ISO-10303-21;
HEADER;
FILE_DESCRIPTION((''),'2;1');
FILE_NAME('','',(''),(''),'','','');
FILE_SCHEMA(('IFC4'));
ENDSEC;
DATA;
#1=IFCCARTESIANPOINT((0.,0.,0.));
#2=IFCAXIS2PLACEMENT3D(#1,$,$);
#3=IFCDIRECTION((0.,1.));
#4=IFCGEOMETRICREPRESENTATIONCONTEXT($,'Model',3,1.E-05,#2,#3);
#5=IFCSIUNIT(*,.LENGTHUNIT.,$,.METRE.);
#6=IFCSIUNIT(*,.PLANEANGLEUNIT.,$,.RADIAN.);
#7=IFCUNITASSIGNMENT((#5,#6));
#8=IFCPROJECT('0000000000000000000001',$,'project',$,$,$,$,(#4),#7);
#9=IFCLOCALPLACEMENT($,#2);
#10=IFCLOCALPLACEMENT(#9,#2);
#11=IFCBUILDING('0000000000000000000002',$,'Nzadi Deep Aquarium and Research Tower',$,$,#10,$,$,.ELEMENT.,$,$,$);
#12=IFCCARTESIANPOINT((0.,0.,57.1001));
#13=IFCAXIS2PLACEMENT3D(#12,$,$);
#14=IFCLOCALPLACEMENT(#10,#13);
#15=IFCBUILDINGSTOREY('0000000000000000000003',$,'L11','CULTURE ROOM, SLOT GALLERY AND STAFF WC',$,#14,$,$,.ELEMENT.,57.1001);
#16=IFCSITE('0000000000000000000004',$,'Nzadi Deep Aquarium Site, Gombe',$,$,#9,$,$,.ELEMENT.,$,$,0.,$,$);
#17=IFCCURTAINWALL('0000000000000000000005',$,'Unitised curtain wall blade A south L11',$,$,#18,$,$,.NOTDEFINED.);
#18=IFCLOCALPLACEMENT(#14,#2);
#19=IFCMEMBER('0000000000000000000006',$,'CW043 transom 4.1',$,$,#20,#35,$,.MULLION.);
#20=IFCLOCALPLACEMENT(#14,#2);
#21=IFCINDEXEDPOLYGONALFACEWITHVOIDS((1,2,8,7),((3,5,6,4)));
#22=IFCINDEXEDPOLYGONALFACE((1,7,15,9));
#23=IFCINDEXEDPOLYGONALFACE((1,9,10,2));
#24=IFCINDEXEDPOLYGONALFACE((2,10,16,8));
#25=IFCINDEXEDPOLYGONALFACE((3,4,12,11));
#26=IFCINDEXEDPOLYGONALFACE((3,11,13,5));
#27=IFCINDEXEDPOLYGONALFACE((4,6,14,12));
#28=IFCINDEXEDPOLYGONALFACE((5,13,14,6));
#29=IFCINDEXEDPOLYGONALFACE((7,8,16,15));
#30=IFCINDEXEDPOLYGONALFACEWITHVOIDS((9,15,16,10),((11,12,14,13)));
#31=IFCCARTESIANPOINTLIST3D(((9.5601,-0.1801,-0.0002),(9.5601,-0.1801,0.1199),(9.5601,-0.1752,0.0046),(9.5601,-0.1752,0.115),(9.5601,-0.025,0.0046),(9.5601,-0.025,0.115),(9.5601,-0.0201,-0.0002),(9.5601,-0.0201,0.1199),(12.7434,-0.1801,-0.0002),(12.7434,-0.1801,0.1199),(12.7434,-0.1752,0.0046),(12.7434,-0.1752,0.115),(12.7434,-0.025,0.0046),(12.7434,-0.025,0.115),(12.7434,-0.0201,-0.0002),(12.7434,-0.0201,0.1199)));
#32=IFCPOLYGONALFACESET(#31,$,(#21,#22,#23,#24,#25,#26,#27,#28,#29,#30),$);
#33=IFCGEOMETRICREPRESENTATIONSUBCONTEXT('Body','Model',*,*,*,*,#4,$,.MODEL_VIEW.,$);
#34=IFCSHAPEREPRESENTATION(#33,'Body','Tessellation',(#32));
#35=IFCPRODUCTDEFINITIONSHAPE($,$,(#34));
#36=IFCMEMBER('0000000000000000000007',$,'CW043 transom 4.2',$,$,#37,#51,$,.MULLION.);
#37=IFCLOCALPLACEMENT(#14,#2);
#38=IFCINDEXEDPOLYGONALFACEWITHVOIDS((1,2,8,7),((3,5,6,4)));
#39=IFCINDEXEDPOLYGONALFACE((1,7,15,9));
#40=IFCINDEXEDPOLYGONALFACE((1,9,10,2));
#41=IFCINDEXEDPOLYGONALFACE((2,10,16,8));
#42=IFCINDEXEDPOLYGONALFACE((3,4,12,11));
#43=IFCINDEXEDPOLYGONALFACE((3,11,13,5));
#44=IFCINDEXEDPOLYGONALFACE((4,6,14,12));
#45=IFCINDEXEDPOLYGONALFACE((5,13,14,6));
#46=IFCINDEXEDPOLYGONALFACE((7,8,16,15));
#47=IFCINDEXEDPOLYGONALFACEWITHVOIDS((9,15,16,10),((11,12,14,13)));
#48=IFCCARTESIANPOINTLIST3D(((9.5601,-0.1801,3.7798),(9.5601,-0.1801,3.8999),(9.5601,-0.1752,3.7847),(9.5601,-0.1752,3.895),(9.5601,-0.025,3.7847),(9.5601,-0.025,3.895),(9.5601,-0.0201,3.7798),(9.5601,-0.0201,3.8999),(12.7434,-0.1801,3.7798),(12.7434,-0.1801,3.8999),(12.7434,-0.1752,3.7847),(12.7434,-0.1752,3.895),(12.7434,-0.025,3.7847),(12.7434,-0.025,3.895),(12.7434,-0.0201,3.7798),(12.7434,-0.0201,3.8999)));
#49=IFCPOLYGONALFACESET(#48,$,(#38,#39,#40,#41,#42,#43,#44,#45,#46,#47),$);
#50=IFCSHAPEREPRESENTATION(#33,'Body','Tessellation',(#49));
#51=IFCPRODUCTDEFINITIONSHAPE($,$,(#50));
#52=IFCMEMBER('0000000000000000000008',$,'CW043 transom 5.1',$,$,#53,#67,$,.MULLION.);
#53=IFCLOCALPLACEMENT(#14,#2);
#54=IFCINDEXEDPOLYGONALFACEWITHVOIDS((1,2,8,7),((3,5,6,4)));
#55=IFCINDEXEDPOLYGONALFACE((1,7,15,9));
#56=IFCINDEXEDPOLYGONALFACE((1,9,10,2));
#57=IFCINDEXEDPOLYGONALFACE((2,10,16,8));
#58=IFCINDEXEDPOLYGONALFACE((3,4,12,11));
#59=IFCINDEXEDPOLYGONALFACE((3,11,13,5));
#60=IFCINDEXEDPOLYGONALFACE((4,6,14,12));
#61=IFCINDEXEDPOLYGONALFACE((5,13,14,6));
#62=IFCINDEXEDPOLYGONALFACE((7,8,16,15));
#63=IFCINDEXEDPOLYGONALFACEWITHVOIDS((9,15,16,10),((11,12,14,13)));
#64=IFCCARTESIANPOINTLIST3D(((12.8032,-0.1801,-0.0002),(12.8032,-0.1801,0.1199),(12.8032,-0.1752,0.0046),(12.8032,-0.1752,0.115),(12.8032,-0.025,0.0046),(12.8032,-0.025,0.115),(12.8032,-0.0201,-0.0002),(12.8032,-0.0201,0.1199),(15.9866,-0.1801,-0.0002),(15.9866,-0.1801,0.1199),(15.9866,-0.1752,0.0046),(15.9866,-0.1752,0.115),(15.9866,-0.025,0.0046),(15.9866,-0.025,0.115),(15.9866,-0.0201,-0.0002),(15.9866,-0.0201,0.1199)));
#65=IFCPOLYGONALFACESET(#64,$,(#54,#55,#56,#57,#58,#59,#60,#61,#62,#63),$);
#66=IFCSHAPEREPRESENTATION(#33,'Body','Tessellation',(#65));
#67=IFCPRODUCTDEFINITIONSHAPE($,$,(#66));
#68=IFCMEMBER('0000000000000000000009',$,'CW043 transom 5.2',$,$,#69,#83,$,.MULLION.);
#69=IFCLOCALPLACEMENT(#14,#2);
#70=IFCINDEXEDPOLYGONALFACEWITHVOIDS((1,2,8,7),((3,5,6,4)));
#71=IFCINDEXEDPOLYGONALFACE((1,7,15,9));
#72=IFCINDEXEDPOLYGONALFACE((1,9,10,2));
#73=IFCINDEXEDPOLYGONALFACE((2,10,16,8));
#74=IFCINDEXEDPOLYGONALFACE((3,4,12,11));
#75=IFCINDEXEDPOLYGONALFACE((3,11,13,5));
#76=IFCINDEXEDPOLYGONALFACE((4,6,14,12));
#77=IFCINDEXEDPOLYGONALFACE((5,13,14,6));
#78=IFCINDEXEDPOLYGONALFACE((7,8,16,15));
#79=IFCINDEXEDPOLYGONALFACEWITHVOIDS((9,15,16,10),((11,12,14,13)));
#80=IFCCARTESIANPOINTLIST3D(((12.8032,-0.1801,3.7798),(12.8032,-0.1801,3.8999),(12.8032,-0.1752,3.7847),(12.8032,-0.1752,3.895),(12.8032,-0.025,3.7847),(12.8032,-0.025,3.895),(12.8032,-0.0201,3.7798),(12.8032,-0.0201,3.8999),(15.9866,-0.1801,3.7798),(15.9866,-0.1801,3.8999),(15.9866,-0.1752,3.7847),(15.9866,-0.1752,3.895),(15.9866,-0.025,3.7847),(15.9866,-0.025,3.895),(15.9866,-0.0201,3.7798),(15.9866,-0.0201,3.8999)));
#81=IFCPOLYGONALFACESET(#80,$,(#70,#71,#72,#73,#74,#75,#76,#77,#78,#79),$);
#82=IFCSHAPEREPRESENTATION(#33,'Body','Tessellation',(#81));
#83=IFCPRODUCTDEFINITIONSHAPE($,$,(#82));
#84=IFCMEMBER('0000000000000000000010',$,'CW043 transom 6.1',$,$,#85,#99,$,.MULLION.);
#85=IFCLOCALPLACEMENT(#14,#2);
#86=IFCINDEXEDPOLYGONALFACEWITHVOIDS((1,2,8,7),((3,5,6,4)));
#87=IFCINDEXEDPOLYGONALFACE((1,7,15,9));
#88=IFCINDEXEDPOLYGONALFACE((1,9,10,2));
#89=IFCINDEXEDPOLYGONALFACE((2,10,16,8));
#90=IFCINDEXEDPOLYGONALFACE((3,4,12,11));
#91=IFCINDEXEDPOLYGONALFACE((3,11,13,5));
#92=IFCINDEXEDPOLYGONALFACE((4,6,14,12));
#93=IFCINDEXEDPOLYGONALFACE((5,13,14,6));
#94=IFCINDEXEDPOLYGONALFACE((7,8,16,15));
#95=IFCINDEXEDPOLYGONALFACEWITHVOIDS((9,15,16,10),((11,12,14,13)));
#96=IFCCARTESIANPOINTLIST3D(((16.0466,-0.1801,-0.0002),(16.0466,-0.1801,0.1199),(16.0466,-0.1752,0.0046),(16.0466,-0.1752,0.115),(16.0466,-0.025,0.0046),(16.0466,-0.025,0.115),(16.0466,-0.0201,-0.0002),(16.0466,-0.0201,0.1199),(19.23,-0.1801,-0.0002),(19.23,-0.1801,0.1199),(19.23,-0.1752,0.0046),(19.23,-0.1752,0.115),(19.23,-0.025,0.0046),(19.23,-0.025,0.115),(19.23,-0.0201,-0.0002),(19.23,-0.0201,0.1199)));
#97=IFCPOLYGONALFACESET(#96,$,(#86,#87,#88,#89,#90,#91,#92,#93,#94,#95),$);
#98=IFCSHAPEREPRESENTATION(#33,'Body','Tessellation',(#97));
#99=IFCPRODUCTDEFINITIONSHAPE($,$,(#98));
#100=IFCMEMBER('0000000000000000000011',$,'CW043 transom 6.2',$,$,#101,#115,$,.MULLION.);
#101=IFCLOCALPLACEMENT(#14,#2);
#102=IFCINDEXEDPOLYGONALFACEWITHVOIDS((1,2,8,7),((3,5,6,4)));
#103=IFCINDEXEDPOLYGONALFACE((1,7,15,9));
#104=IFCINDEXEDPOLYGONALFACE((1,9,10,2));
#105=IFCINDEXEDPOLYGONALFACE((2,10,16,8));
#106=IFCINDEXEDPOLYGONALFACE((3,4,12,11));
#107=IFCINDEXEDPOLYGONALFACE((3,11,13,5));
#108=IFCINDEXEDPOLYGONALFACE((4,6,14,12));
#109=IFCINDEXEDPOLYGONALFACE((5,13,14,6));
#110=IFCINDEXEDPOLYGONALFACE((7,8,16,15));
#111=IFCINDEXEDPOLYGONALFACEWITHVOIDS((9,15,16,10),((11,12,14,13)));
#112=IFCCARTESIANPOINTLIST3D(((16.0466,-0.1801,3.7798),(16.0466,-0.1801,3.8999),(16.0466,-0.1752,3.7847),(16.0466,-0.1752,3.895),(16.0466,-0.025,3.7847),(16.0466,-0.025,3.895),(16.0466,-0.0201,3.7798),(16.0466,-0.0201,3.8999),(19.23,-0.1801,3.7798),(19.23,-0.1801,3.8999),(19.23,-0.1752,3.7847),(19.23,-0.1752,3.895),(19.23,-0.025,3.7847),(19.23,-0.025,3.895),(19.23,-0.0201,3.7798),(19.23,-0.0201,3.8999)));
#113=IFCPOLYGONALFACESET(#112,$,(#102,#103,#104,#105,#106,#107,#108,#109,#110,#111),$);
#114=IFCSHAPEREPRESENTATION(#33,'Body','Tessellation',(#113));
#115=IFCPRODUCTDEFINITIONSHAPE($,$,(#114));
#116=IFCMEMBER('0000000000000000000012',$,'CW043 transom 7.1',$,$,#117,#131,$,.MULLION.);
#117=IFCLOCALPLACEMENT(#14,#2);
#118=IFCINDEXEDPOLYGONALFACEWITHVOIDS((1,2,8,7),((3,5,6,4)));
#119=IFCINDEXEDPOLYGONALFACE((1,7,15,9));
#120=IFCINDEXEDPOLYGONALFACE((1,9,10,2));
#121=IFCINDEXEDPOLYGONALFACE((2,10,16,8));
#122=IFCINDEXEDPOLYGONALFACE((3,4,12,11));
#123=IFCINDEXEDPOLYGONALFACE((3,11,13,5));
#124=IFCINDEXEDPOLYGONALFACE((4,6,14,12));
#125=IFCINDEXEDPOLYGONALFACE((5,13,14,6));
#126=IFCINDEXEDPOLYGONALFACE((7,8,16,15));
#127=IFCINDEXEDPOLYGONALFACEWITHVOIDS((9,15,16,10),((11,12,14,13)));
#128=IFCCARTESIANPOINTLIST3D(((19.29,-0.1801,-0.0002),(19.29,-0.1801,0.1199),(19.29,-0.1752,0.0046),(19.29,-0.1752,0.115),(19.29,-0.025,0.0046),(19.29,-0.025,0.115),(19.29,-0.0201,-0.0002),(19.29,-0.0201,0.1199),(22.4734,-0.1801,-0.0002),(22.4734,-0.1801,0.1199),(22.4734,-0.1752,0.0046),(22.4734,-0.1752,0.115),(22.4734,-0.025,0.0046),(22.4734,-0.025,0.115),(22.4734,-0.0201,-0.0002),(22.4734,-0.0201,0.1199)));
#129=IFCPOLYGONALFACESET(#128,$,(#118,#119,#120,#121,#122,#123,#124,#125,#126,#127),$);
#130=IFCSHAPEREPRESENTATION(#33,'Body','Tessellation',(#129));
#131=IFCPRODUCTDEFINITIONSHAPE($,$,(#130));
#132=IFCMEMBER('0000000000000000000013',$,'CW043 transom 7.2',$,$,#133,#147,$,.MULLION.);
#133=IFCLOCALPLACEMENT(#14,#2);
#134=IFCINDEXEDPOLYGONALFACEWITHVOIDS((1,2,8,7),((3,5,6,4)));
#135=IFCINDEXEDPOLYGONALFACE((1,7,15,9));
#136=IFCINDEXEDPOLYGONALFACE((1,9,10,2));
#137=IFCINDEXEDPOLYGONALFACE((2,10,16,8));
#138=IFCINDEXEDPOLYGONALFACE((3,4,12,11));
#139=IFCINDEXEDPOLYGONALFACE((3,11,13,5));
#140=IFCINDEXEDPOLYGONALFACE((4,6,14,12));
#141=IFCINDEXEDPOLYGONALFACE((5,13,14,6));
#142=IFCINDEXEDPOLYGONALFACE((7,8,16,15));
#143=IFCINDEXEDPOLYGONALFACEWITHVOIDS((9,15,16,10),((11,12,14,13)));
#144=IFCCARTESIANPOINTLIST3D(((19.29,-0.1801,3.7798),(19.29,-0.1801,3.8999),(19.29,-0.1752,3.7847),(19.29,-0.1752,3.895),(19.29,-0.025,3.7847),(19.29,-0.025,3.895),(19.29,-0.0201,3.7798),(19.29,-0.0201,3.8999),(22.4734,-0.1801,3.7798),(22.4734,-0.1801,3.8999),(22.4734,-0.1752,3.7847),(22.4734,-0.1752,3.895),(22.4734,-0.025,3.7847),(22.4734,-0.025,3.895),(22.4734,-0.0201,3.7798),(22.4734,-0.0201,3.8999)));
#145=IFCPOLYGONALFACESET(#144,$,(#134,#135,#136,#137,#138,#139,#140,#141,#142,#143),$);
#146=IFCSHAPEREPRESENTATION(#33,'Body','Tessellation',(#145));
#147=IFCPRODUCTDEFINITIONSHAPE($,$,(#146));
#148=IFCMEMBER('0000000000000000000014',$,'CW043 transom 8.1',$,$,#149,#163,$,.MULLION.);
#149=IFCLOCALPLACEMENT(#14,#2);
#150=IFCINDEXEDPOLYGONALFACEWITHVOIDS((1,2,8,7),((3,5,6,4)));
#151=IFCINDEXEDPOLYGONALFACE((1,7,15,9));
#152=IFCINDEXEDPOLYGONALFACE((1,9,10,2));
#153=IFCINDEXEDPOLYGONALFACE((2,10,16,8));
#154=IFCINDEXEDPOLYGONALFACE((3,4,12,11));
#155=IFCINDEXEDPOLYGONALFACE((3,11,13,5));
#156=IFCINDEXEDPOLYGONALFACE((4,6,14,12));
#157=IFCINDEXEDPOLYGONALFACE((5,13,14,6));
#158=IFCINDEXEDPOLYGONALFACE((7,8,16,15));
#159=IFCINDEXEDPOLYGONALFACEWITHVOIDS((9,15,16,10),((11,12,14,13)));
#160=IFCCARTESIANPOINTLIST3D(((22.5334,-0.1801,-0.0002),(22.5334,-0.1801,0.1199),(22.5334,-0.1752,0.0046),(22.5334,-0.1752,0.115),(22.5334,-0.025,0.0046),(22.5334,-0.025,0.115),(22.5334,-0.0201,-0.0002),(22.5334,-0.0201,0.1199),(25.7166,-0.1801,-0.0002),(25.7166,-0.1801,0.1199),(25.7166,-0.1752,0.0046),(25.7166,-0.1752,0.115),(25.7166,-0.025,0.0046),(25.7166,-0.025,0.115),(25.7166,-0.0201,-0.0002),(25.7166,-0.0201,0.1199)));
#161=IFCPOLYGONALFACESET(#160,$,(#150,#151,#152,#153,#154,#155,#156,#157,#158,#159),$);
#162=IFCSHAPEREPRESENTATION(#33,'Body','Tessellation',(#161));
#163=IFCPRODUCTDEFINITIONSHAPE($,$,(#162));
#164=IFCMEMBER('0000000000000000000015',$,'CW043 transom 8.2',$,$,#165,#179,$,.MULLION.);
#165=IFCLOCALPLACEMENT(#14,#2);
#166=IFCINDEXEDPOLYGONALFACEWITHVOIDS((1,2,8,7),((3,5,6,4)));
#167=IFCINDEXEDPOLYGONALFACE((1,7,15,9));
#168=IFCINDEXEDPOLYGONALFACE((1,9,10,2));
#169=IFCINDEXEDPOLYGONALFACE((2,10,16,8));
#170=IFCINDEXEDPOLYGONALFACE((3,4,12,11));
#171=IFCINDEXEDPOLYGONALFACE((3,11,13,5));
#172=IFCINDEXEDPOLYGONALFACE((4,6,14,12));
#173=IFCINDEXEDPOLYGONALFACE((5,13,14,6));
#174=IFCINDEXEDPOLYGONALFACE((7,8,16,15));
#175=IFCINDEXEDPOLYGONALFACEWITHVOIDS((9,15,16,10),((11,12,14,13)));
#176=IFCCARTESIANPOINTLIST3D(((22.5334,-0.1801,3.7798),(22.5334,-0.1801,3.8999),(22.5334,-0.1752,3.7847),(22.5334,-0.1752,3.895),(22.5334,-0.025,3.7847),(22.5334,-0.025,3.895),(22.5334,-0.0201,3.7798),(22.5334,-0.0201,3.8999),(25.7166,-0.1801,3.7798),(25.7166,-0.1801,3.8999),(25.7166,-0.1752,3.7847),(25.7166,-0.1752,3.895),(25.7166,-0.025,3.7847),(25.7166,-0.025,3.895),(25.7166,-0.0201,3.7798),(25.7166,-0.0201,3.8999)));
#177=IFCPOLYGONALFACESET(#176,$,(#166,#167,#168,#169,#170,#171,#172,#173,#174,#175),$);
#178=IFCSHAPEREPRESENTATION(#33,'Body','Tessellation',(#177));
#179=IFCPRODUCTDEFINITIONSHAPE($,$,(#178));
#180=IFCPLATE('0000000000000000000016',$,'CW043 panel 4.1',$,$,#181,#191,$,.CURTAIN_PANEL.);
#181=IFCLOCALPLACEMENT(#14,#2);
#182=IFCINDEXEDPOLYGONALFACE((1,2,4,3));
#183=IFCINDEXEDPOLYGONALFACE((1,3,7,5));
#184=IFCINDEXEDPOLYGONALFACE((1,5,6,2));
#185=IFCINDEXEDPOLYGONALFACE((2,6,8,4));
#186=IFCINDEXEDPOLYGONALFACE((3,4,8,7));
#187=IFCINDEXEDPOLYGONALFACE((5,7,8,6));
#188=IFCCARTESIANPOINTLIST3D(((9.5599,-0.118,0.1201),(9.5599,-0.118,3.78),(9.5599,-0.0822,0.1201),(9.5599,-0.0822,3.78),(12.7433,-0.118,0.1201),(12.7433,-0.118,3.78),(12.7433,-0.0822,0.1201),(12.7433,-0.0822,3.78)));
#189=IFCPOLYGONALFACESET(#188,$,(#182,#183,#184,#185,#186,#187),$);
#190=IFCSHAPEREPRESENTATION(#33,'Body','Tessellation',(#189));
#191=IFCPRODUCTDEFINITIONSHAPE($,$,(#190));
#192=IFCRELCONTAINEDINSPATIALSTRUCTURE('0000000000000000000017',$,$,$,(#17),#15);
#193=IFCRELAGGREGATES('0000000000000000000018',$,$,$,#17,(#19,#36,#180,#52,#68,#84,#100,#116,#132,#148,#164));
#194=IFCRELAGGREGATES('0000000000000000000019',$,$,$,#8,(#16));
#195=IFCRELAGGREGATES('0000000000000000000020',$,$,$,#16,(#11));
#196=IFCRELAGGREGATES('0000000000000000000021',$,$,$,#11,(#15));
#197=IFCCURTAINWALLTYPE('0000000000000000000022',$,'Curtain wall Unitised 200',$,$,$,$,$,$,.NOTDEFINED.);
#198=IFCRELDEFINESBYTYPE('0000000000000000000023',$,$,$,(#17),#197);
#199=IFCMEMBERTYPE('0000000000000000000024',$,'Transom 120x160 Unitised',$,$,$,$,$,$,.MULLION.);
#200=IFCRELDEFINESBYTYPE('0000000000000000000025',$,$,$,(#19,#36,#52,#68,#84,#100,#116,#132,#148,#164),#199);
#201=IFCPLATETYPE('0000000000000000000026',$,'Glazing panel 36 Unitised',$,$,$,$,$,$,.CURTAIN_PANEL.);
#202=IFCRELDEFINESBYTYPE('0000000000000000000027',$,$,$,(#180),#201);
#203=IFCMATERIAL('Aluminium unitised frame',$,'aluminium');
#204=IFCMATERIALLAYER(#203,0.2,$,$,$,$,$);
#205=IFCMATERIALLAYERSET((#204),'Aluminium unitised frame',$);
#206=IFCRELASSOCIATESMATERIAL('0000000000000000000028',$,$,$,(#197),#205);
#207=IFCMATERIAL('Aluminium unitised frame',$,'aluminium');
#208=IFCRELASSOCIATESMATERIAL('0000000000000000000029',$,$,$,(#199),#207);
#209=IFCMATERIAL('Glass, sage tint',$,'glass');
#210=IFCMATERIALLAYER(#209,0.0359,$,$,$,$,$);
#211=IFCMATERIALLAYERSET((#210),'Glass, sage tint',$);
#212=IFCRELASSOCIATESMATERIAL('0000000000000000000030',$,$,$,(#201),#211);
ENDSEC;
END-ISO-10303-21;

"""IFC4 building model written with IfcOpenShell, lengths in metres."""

from ifc_helpers import new_model, si_unit, direction, frame, origin, origin_2d, place, context, subcontext, project, spatial, rectangle, hollow_rectangle, extrude, material, layer, layer_set, material_profile, profile_set, type_object, element, aggregate, save


model = new_model("IFC4")

# Units and contexts
model_context = context("Model", 3, precision=1e-05, world=origin(), true_north=direction((0.0, 1.0)))
body_context = subcontext(model_context, "Body", "Model", "MODEL_VIEW")
ifc_project = project(units=[si_unit("LENGTHUNIT", "METRE"), si_unit("PLANEANGLEUNIT", "RADIAN")], contexts=[model_context])

# Site, building, storey
site_placement = place(None, origin())
site = spatial("IfcSite", under=ifc_project, at=site_placement, Name="Nzadi Deep Aquarium Site, Gombe", CompositionType="ELEMENT", RefElevation=0.0)
building_placement = place(site_placement, origin())
building = spatial("IfcBuilding", under=site, at=building_placement, Name="Nzadi Deep Aquarium and Research Tower", CompositionType="ELEMENT")
storey_placement = place(building_placement, frame((0.0, 0.0, 57.1001)))
storey = spatial("IfcBuildingStorey", under=building, at=storey_placement, Name="L11", Description="CULTURE ROOM, SLOT GALLERY AND STAFF WC", CompositionType="ELEMENT", Elevation=57.1001)

# Curtain wall
ifc_material_1 = material(Name="Aluminium unitised frame", Category="aluminium")
ifc_layer_1 = layer(ifc_material_1, 0.2)
ifc_layer_set_1 = layer_set([ifc_layer_1], Name="Aluminium unitised frame")
curtain_wall_type = type_object("IfcCurtainWallType", Name="Curtain wall Unitised 200", PredefinedType="NOTDEFINED", material=ifc_layer_set_1)
curtain_wall_placement = place(storey_placement, origin())
curtain_wall = element("IfcCurtainWall", 1, at=curtain_wall_placement, inside=storey, type_object=curtain_wall_type, Name="Unitised curtain wall blade A south L11", PredefinedType="NOTDEFINED")

# Members
ifc_material_2 = material(Name="Aluminium unitised frame", Category="aluminium")
ifc_material_profile_1 = material_profile(ifc_material_2, hollow_rectangle(XDim=0.1599, YDim=0.1201, WallThickness=0.0049, at=origin_2d()))
ifc_profile_set_1 = profile_set([ifc_material_profile_1], Name="Aluminium unitised frame")
member_type_1 = type_object("IfcMemberType", Name="Transom 120x160 Unitised", PredefinedType="MULLION", material=ifc_profile_set_1)
member_1_placement = place(storey_placement, frame((9.5601, -0.1001, 0.0598), z_axis=(1.0, 0.0, 0.0), x_axis=(0.0, 1.0, 0.0)))
member_1 = element("IfcMember", 2, at=member_1_placement, type_object=member_type_1, Name="CW043 transom 4.1", PredefinedType="MULLION", context=body_context, shape_type="SweptSolid", body=[
    extrude(hollow_rectangle(XDim=0.1599, YDim=0.1201, WallThickness=0.0049, at=origin_2d()), origin(), (0.0, 0.0, 1.0), 3.1833),
])
member_2_placement = place(storey_placement, frame((9.5601, -0.1001, 3.8398), z_axis=(1.0, 0.0, 0.0), x_axis=(0.0, 1.0, 0.0)))
member_2 = element("IfcMember", 3, at=member_2_placement, type_object=member_type_1, Name="CW043 transom 4.2", PredefinedType="MULLION", context=body_context, shape_type="SweptSolid", body=[
    extrude(hollow_rectangle(XDim=0.1599, YDim=0.1201, WallThickness=0.0049, at=origin_2d()), origin(), (0.0, 0.0, 1.0), 3.1833),
])
member_3_placement = place(storey_placement, frame((12.8032, -0.1001, 0.0598), z_axis=(1.0, 0.0, 0.0), x_axis=(0.0, 1.0, 0.0)))
member_3 = element("IfcMember", 4, at=member_3_placement, type_object=member_type_1, Name="CW043 transom 5.1", PredefinedType="MULLION", context=body_context, shape_type="SweptSolid", body=[
    extrude(hollow_rectangle(XDim=0.1599, YDim=0.1201, WallThickness=0.0049, at=origin_2d()), origin(), (0.0, 0.0, 1.0), 3.1833),
])
member_4_placement = place(storey_placement, frame((12.8032, -0.1001, 3.8398), z_axis=(1.0, 0.0, 0.0), x_axis=(0.0, 1.0, 0.0)))
member_4 = element("IfcMember", 5, at=member_4_placement, type_object=member_type_1, Name="CW043 transom 5.2", PredefinedType="MULLION", context=body_context, shape_type="SweptSolid", body=[
    extrude(hollow_rectangle(XDim=0.1599, YDim=0.1201, WallThickness=0.0049, at=origin_2d()), origin(), (0.0, 0.0, 1.0), 3.1833),
])
member_5_placement = place(storey_placement, frame((16.0466, -0.1001, 0.0598), z_axis=(1.0, 0.0, 0.0), x_axis=(0.0, 1.0, 0.0)))
member_5 = element("IfcMember", 6, at=member_5_placement, type_object=member_type_1, Name="CW043 transom 6.1", PredefinedType="MULLION", context=body_context, shape_type="SweptSolid", body=[
    extrude(hollow_rectangle(XDim=0.1599, YDim=0.1201, WallThickness=0.0049, at=origin_2d()), origin(), (0.0, 0.0, 1.0), 3.1833),
])
member_6_placement = place(storey_placement, frame((16.0466, -0.1001, 3.8398), z_axis=(1.0, 0.0, 0.0), x_axis=(0.0, 1.0, 0.0)))
member_6 = element("IfcMember", 7, at=member_6_placement, type_object=member_type_1, Name="CW043 transom 6.2", PredefinedType="MULLION", context=body_context, shape_type="SweptSolid", body=[
    extrude(hollow_rectangle(XDim=0.1599, YDim=0.1201, WallThickness=0.0049, at=origin_2d()), origin(), (0.0, 0.0, 1.0), 3.1833),
])
member_7_placement = place(storey_placement, frame((19.29, -0.1001, 0.0598), z_axis=(1.0, 0.0, 0.0), x_axis=(0.0, 1.0, 0.0)))
member_7 = element("IfcMember", 8, at=member_7_placement, type_object=member_type_1, Name="CW043 transom 7.1", PredefinedType="MULLION", context=body_context, shape_type="SweptSolid", body=[
    extrude(hollow_rectangle(XDim=0.1599, YDim=0.1201, WallThickness=0.0049, at=origin_2d()), origin(), (0.0, 0.0, 1.0), 3.1833),
])
member_8_placement = place(storey_placement, frame((19.29, -0.1001, 3.8398), z_axis=(1.0, 0.0, 0.0), x_axis=(0.0, 1.0, 0.0)))
member_8 = element("IfcMember", 9, at=member_8_placement, type_object=member_type_1, Name="CW043 transom 7.2", PredefinedType="MULLION", context=body_context, shape_type="SweptSolid", body=[
    extrude(hollow_rectangle(XDim=0.1599, YDim=0.1201, WallThickness=0.0049, at=origin_2d()), origin(), (0.0, 0.0, 1.0), 3.1833),
])
member_9_placement = place(storey_placement, frame((22.5334, -0.1001, 0.0598), z_axis=(1.0, 0.0, 0.0), x_axis=(0.0, 1.0, 0.0)))
member_9 = element("IfcMember", 10, at=member_9_placement, type_object=member_type_1, Name="CW043 transom 8.1", PredefinedType="MULLION", context=body_context, shape_type="SweptSolid", body=[
    extrude(hollow_rectangle(XDim=0.1599, YDim=0.1201, WallThickness=0.0049, at=origin_2d()), origin(), (0.0, 0.0, 1.0), 3.1831),
])
member_10_placement = place(storey_placement, frame((22.5334, -0.1001, 3.8398), z_axis=(1.0, 0.0, 0.0), x_axis=(0.0, 1.0, 0.0)))
member_10 = element("IfcMember", 11, at=member_10_placement, type_object=member_type_1, Name="CW043 transom 8.2", PredefinedType="MULLION", context=body_context, shape_type="SweptSolid", body=[
    extrude(hollow_rectangle(XDim=0.1599, YDim=0.1201, WallThickness=0.0049, at=origin_2d()), origin(), (0.0, 0.0, 1.0), 3.1831),
])

# Plate
ifc_material_3 = material(Name="Glass, sage tint", Category="glass")
ifc_layer_2 = layer(ifc_material_3, 0.0359)
ifc_layer_set_2 = layer_set([ifc_layer_2], Name="Glass, sage tint")
plate_type = type_object("IfcPlateType", Name="Glazing panel 36 Unitised", PredefinedType="CURTAIN_PANEL", material=ifc_layer_set_2)
plate_1_placement = place(storey_placement, frame((11.1516, -0.1001, 0.1201), z_axis=(0.0, 0.0, 1.0), x_axis=(1.0, 0.0, 0.0)))
plate_1 = element("IfcPlate", 12, at=plate_1_placement, type_object=plate_type, Name="CW043 panel 4.1", PredefinedType="CURTAIN_PANEL", context=body_context, shape_type="SweptSolid", body=[
    extrude(rectangle(XDim=3.1833, YDim=0.0359, at=origin_2d()), origin(), (0.0, 0.0, 1.0), 3.6599),
])
aggregate(curtain_wall, [member_1, member_2, plate_1, member_3, member_4, member_5, member_6, member_7, member_8, member_9, member_10])

save(model, "model.ifc")
